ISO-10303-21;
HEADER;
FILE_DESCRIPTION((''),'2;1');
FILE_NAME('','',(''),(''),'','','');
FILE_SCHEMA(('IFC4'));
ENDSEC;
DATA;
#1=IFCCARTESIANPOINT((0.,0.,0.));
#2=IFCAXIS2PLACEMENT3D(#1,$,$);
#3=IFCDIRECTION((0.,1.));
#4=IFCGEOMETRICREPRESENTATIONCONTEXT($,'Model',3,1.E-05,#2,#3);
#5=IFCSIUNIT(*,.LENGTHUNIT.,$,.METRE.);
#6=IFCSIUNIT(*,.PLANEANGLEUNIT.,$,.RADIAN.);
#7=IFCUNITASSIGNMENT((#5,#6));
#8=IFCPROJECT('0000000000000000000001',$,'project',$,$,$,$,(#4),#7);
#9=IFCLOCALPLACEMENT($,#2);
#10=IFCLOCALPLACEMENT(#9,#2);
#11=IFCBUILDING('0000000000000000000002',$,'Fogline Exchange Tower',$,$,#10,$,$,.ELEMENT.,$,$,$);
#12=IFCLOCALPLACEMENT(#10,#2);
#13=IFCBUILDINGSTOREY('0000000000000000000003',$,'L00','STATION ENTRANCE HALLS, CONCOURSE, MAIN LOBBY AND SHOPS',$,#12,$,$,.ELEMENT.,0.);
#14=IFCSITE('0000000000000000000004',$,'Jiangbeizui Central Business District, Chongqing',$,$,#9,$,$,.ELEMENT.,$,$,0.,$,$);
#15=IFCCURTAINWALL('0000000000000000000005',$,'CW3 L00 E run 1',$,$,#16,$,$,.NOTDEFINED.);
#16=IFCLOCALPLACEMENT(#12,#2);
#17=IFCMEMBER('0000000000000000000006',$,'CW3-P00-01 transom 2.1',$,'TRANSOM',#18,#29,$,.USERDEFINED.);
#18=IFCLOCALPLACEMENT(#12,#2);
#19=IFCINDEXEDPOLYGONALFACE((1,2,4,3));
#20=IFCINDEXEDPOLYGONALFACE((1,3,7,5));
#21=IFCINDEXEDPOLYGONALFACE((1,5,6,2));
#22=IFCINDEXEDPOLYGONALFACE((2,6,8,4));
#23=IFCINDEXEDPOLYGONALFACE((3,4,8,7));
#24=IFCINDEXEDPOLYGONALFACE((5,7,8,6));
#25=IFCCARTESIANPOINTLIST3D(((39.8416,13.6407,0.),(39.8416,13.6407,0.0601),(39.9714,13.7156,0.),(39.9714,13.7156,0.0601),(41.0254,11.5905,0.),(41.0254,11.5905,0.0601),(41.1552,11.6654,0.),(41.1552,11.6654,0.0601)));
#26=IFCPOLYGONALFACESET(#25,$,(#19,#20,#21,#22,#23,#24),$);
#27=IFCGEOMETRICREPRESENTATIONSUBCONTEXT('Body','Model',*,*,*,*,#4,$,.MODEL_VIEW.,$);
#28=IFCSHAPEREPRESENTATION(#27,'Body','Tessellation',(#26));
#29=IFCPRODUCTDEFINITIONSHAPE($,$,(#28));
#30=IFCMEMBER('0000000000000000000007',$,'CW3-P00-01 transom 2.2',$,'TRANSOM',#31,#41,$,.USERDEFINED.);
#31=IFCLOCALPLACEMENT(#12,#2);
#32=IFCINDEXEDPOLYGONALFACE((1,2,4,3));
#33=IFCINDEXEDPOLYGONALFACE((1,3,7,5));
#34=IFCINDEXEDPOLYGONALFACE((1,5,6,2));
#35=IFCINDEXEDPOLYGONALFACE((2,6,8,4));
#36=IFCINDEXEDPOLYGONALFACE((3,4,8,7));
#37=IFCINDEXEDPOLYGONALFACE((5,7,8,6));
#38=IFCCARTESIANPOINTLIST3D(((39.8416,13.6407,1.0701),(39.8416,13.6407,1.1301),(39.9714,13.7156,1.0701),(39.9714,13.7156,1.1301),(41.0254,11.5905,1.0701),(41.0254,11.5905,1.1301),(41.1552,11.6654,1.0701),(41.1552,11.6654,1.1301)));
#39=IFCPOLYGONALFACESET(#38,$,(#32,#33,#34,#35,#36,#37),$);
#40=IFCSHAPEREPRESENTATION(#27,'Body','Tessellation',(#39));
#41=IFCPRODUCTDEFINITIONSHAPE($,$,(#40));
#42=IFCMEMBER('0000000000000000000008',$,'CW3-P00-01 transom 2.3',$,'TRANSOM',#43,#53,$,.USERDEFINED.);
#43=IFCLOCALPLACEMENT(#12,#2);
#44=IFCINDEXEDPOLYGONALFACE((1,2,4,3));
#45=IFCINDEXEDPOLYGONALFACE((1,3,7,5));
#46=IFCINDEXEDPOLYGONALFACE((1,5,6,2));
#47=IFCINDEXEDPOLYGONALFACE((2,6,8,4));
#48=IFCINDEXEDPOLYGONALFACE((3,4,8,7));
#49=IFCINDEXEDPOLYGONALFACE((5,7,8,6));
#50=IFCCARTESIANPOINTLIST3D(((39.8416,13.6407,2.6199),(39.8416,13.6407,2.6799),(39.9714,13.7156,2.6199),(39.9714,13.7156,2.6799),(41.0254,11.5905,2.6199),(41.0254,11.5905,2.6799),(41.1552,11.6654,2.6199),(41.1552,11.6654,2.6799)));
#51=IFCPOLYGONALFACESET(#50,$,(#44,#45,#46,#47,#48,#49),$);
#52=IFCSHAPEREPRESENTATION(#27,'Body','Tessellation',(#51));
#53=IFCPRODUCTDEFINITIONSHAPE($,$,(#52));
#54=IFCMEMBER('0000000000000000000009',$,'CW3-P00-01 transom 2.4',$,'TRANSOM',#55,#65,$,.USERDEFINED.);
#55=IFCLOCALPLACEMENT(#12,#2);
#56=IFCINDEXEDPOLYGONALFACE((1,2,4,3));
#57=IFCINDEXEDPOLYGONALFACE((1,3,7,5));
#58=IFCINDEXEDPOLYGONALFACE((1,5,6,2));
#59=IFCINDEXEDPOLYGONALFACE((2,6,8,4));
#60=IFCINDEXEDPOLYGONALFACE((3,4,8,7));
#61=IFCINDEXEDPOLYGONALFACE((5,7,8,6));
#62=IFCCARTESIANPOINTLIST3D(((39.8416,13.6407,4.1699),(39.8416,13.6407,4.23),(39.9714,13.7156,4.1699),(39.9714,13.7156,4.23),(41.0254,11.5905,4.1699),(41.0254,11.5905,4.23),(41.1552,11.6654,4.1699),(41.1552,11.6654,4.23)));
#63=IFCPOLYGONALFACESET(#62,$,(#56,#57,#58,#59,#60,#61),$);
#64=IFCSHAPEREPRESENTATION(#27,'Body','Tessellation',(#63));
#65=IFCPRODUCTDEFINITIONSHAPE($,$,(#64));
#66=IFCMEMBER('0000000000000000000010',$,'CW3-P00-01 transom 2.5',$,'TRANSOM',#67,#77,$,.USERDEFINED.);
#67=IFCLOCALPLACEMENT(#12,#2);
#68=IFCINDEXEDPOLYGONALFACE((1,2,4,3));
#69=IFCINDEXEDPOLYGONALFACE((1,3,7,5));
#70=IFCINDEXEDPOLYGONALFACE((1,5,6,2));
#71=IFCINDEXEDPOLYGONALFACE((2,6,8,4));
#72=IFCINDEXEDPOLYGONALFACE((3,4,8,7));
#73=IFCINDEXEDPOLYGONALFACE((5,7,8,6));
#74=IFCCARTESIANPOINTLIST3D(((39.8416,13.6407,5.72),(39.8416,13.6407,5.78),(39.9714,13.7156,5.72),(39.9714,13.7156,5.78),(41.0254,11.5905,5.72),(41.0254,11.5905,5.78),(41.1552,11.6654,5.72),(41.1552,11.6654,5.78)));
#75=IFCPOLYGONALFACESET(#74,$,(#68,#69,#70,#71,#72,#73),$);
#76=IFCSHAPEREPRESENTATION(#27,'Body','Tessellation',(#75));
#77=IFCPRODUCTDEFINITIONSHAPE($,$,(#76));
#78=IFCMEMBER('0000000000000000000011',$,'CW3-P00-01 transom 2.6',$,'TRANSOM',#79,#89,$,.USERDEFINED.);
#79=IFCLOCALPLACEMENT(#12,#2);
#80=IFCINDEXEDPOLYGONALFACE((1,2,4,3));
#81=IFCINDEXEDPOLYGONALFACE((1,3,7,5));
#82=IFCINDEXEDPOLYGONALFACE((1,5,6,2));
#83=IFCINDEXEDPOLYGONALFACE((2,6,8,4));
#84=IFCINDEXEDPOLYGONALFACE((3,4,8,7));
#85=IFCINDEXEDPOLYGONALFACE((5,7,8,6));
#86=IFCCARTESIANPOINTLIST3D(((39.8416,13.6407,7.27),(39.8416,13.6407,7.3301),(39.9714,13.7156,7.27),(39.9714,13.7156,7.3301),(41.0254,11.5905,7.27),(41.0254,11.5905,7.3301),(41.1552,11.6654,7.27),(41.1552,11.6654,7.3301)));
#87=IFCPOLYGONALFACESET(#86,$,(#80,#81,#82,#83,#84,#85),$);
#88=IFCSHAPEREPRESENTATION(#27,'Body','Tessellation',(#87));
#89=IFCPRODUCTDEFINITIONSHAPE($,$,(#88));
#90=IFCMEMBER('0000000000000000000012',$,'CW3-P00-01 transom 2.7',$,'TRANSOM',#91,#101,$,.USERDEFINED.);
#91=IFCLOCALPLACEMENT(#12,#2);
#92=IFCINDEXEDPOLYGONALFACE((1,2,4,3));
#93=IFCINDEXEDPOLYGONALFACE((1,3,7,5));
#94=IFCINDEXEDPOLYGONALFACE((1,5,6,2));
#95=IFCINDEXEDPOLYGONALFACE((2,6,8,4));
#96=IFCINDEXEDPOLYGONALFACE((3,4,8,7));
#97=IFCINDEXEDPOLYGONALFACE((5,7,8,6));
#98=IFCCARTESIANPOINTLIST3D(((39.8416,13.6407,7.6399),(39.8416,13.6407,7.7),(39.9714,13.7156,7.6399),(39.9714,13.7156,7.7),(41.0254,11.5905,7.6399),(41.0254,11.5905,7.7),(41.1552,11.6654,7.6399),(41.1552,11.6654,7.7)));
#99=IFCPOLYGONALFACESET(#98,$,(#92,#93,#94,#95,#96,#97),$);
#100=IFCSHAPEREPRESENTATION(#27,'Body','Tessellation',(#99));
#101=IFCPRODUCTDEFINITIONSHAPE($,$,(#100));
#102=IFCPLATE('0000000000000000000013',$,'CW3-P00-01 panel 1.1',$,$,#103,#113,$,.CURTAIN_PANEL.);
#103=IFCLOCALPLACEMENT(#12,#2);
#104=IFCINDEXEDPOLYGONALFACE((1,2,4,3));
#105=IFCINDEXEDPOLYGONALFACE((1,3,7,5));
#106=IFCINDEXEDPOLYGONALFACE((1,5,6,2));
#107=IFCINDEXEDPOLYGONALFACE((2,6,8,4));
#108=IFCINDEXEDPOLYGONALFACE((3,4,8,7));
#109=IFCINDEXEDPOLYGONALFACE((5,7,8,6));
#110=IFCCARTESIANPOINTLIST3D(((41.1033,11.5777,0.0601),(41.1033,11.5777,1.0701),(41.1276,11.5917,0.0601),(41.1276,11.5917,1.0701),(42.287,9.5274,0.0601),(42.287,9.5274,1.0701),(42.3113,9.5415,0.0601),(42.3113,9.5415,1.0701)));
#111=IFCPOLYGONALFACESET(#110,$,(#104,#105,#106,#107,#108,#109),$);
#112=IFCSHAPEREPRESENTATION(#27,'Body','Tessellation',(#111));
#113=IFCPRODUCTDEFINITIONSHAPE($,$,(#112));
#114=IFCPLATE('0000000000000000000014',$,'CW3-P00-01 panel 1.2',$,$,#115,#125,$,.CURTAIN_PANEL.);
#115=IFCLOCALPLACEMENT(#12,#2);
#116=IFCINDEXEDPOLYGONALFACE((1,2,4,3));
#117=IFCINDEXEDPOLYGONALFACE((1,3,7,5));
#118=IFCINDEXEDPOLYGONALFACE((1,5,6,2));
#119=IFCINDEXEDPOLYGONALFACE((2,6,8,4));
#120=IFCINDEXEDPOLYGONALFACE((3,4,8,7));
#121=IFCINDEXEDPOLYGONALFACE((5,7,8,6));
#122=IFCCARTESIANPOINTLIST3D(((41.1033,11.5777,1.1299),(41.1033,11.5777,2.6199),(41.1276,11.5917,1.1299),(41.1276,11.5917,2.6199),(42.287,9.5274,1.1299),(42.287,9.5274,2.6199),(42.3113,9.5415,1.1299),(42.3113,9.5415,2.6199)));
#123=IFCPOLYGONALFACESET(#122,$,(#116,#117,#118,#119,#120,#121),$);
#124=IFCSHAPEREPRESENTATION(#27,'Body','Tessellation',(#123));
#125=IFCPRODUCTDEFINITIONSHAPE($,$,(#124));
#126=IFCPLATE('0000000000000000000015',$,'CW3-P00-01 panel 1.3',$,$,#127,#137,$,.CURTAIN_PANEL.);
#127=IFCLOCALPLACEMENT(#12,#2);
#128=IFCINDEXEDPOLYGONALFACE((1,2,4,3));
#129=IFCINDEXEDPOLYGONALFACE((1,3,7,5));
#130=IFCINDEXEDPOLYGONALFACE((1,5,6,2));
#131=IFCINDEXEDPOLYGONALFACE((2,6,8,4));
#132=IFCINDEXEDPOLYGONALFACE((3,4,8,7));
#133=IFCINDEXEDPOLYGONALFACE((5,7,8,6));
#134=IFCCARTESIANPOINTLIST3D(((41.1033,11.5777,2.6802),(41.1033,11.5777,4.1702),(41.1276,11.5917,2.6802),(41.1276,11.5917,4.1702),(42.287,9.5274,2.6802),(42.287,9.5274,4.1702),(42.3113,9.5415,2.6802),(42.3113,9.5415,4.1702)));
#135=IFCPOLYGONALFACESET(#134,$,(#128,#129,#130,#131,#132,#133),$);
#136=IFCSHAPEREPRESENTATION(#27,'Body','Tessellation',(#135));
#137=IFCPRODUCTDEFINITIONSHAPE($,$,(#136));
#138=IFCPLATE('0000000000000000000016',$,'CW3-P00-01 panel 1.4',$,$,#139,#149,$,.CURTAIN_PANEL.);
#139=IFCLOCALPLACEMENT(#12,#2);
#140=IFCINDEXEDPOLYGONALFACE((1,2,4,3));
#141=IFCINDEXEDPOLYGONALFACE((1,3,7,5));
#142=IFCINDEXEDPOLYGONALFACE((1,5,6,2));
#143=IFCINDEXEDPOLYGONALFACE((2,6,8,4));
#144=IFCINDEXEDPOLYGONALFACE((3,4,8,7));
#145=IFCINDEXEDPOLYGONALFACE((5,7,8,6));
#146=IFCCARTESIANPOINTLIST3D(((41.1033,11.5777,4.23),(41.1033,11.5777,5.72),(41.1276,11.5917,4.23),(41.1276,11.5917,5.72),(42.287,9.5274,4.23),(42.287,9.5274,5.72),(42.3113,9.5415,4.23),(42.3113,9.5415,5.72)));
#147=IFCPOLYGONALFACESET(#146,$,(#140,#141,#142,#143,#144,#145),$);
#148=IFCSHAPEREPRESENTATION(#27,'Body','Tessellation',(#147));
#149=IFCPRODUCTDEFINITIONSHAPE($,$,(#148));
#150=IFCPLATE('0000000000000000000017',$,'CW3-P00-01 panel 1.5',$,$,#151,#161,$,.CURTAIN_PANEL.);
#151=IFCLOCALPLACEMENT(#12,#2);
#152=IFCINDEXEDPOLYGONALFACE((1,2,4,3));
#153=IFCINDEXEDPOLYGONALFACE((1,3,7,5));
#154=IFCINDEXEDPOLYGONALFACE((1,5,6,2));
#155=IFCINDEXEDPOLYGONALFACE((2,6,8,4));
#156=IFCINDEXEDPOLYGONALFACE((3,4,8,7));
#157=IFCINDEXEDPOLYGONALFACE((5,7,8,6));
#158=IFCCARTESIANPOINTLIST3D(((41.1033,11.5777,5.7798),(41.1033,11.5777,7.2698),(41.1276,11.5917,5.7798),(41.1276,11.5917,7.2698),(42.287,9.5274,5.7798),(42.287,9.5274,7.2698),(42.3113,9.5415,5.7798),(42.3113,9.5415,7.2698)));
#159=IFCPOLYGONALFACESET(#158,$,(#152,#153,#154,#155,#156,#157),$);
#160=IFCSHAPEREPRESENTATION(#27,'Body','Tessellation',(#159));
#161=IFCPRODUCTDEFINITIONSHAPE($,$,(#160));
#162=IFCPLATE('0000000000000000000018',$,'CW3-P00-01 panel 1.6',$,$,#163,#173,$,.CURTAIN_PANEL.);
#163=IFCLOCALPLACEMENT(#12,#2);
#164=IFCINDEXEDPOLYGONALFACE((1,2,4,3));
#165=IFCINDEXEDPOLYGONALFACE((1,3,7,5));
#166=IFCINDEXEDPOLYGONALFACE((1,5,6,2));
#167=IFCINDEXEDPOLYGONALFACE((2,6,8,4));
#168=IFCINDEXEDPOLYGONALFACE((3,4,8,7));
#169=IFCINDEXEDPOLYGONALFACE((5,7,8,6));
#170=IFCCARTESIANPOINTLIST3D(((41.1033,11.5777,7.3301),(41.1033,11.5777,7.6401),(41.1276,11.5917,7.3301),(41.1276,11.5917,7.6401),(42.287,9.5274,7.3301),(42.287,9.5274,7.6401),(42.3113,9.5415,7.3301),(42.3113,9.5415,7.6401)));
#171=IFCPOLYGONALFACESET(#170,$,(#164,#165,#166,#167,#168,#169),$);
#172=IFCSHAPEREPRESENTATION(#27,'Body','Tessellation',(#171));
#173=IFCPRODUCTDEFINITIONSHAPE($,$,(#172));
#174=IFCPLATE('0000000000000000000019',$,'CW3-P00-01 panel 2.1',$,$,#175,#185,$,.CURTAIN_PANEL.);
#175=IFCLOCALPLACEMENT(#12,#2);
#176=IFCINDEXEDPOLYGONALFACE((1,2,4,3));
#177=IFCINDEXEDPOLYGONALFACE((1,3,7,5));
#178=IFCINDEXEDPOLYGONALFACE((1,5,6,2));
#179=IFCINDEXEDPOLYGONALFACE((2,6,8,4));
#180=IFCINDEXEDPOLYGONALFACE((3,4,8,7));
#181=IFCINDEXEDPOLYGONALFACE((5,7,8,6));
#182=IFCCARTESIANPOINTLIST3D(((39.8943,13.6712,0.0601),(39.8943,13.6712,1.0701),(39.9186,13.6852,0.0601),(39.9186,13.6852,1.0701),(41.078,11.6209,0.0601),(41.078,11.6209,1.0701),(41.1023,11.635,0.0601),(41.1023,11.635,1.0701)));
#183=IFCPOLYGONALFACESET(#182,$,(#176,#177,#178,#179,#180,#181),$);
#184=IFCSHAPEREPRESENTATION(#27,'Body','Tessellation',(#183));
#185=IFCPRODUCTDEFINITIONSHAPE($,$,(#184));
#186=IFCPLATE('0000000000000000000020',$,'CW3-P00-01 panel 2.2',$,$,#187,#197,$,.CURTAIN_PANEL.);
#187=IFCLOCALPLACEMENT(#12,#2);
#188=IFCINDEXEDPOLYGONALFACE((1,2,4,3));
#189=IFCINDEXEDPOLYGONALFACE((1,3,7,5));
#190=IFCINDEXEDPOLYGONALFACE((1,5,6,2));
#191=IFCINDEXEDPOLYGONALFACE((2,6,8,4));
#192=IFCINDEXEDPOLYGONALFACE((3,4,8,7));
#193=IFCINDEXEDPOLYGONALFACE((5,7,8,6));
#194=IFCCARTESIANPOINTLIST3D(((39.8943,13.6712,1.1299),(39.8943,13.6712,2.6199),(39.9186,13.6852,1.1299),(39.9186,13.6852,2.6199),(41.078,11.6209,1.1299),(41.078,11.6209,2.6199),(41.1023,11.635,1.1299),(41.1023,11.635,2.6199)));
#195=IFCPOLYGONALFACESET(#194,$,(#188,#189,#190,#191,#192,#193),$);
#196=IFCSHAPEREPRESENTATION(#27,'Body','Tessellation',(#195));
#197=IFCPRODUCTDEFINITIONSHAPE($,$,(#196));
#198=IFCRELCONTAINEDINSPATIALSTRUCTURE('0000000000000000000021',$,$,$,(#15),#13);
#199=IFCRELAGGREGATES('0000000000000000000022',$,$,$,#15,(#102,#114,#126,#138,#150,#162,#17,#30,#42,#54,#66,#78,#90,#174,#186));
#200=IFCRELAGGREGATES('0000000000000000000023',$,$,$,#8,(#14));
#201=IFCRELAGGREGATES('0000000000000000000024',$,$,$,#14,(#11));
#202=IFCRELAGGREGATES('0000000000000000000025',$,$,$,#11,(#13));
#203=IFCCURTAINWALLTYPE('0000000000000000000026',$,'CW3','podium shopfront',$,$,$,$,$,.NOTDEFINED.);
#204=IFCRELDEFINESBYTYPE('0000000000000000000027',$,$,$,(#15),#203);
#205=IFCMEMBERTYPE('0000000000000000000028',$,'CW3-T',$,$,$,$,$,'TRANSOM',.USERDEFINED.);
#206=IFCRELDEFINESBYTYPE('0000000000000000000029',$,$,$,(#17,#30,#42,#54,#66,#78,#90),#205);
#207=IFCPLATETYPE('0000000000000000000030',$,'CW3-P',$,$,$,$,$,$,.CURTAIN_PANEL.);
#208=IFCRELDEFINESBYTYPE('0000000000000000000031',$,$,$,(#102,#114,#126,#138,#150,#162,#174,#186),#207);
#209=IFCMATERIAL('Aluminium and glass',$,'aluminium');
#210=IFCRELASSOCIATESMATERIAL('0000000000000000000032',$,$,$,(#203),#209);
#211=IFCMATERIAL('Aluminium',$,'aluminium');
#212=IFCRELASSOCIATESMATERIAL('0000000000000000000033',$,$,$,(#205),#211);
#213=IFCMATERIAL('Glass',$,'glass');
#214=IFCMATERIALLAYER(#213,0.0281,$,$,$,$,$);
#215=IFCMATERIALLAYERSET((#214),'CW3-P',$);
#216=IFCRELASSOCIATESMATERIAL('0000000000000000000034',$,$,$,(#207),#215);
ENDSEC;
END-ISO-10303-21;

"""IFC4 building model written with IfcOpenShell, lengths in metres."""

from ifc_helpers import new_model, si_unit, direction, frame, origin, origin_2d, place, context, subcontext, project, spatial, rectangle, extrude, material, layer, layer_set, material_profile, profile_set, type_object, element, aggregate, save


model = new_model("IFC4")

# Units and contexts
model_context = context("Model", 3, precision=1e-05, world=origin(), true_north=direction((0.0, 1.0)))
body_context = subcontext(model_context, "Body", "Model", "MODEL_VIEW")
ifc_project = project(units=[si_unit("LENGTHUNIT", "METRE"), si_unit("PLANEANGLEUNIT", "RADIAN")], contexts=[model_context])

# Site, building, storey
site_placement = place(None, origin())
site = spatial("IfcSite", under=ifc_project, at=site_placement, Name="Jiangbeizui Central Business District, Chongqing", CompositionType="ELEMENT", RefElevation=0.0)
building_placement = place(site_placement, origin())
building = spatial("IfcBuilding", under=site, at=building_placement, Name="Fogline Exchange Tower", CompositionType="ELEMENT")
storey_placement = place(building_placement, origin())
storey = spatial("IfcBuildingStorey", under=building, at=storey_placement, Name="L00", Description="STATION ENTRANCE HALLS, CONCOURSE, MAIN LOBBY AND SHOPS", CompositionType="ELEMENT", Elevation=0.0)

# Curtain wall, members, plates
ifc_material_1 = material(Name="Aluminium and glass", Category="aluminium")
curtain_wall_type = type_object("IfcCurtainWallType", Name="CW3", Description="podium shopfront", PredefinedType="NOTDEFINED", material=ifc_material_1)
curtain_wall_placement = place(storey_placement, origin())
curtain_wall = element("IfcCurtainWall", 1, at=curtain_wall_placement, inside=storey, type_object=curtain_wall_type, Name="CW3 L00 E run 1", PredefinedType="NOTDEFINED")
ifc_material_2 = material(Name="Aluminium", Category="aluminium")
ifc_material_profile_1 = material_profile(ifc_material_2, rectangle(XDim=0.1499, YDim=0.0601, at=origin_2d()), Name="Transom 60x150")
ifc_profile_set_1 = profile_set([ifc_material_profile_1], Name="Aluminium")
member_type_1 = type_object("IfcMemberType", Name="CW3-T", ElementType="TRANSOM", PredefinedType="USERDEFINED", material=ifc_profile_set_1)
member_1_placement = place(storey_placement, frame((41.0903, 11.6279, 0.03), z_axis=(-0.500032, 0.866007, 0.0), x_axis=(-0.866007, -0.500032, 0.0)))
member_1 = element("IfcMember", 2, at=member_1_placement, type_object=member_type_1, Name="CW3-P00-01 transom 2.1", ObjectType="TRANSOM", PredefinedType="USERDEFINED", context=body_context, shape_type="SweptSolid", body=[
    extrude(rectangle(XDim=0.1499, YDim=0.0601, at=origin_2d()), origin(), (0.0, 0.0, 1.0), 2.3674),
])
member_2_placement = place(storey_placement, frame((41.0903, 11.6279, 1.1001), z_axis=(-0.500032, 0.866007, 0.0), x_axis=(-0.866007, -0.500032, 0.0)))
member_2 = element("IfcMember", 3, at=member_2_placement, type_object=member_type_1, Name="CW3-P00-01 transom 2.2", ObjectType="TRANSOM", PredefinedType="USERDEFINED", context=body_context, shape_type="SweptSolid", body=[
    extrude(rectangle(XDim=0.1499, YDim=0.0601, at=origin_2d()), origin(), (0.0, 0.0, 1.0), 2.3674),
])
member_3_placement = place(storey_placement, frame((41.0903, 11.6279, 2.6499), z_axis=(-0.500032, 0.866007, 0.0), x_axis=(-0.866007, -0.500032, 0.0)))
member_3 = element("IfcMember", 4, at=member_3_placement, type_object=member_type_1, Name="CW3-P00-01 transom 2.3", ObjectType="TRANSOM", PredefinedType="USERDEFINED", context=body_context, shape_type="SweptSolid", body=[
    extrude(rectangle(XDim=0.1499, YDim=0.0601, at=origin_2d()), origin(), (0.0, 0.0, 1.0), 2.3674),
])
member_4_placement = place(storey_placement, frame((41.0903, 11.6279, 4.2), z_axis=(-0.500032, 0.866007, 0.0), x_axis=(-0.866007, -0.500032, 0.0)))
member_4 = element("IfcMember", 5, at=member_4_placement, type_object=member_type_1, Name="CW3-P00-01 transom 2.4", ObjectType="TRANSOM", PredefinedType="USERDEFINED", context=body_context, shape_type="SweptSolid", body=[
    extrude(rectangle(XDim=0.1499, YDim=0.0601, at=origin_2d()), origin(), (0.0, 0.0, 1.0), 2.3674),
])
member_5_placement = place(storey_placement, frame((41.0903, 11.6279, 5.75), z_axis=(-0.500032, 0.866007, 0.0), x_axis=(-0.866007, -0.500032, 0.0)))
member_5 = element("IfcMember", 6, at=member_5_placement, type_object=member_type_1, Name="CW3-P00-01 transom 2.5", ObjectType="TRANSOM", PredefinedType="USERDEFINED", context=body_context, shape_type="SweptSolid", body=[
    extrude(rectangle(XDim=0.1499, YDim=0.0601, at=origin_2d()), origin(), (0.0, 0.0, 1.0), 2.3674),
])
member_6_placement = place(storey_placement, frame((41.0903, 11.6279, 7.3), z_axis=(-0.500032, 0.866007, 0.0), x_axis=(-0.866007, -0.500032, 0.0)))
member_6 = element("IfcMember", 7, at=member_6_placement, type_object=member_type_1, Name="CW3-P00-01 transom 2.6", ObjectType="TRANSOM", PredefinedType="USERDEFINED", context=body_context, shape_type="SweptSolid", body=[
    extrude(rectangle(XDim=0.1499, YDim=0.0601, at=origin_2d()), origin(), (0.0, 0.0, 1.0), 2.3674),
])
member_7_placement = place(storey_placement, frame((41.0903, 11.6279, 7.6699), z_axis=(-0.500032, 0.866007, 0.0), x_axis=(-0.866007, -0.500032, 0.0)))
member_7 = element("IfcMember", 8, at=member_7_placement, type_object=member_type_1, Name="CW3-P00-01 transom 2.7", ObjectType="TRANSOM", PredefinedType="USERDEFINED", context=body_context, shape_type="SweptSolid", body=[
    extrude(rectangle(XDim=0.1499, YDim=0.0601, at=origin_2d()), origin(), (0.0, 0.0, 1.0), 2.3674),
])
ifc_material_3 = material(Name="Glass", Category="glass")
ifc_layer_1 = layer(ifc_material_3, 0.0281)
ifc_layer_set_1 = layer_set([ifc_layer_1], Name="CW3-P")
plate_type = type_object("IfcPlateType", Name="CW3-P", PredefinedType="CURTAIN_PANEL", material=ifc_layer_set_1)
plate_1_placement = place(storey_placement, frame((41.7073, 10.5596, 0.0601), z_axis=(0.0, 0.0, 1.0), x_axis=(-0.5, 0.866025, 0.0)))
plate_1 = element("IfcPlate", 9, at=plate_1_placement, type_object=plate_type, Name="CW3-P00-01 panel 1.1", PredefinedType="CURTAIN_PANEL", context=body_context, shape_type="SweptSolid", body=[
    extrude(rectangle(XDim=2.3674, YDim=0.0281, at=origin_2d()), origin(), (0.0, 0.0, 1.0), 1.01),
])
plate_2_placement = place(storey_placement, frame((41.7073, 10.5596, 1.1299), z_axis=(0.0, 0.0, 1.0), x_axis=(-0.5, 0.866025, 0.0)))
plate_2 = element("IfcPlate", 10, at=plate_2_placement, type_object=plate_type, Name="CW3-P00-01 panel 1.2", PredefinedType="CURTAIN_PANEL", context=body_context, shape_type="SweptSolid", body=[
    extrude(rectangle(XDim=2.3674, YDim=0.0281, at=origin_2d()), origin(), (0.0, 0.0, 1.0), 1.49),
])
plate_3_placement = place(storey_placement, frame((41.7073, 10.5596, 2.6802), z_axis=(0.0, 0.0, 1.0), x_axis=(-0.5, 0.866025, 0.0)))
plate_3 = element("IfcPlate", 11, at=plate_3_placement, type_object=plate_type, Name="CW3-P00-01 panel 1.3", PredefinedType="CURTAIN_PANEL", context=body_context, shape_type="SweptSolid", body=[
    extrude(rectangle(XDim=2.3674, YDim=0.0281, at=origin_2d()), origin(), (0.0, 0.0, 1.0), 1.49),
])
plate_4_placement = place(storey_placement, frame((41.7073, 10.5596, 4.23), z_axis=(0.0, 0.0, 1.0), x_axis=(-0.5, 0.866025, 0.0)))
plate_4 = element("IfcPlate", 12, at=plate_4_placement, type_object=plate_type, Name="CW3-P00-01 panel 1.4", PredefinedType="CURTAIN_PANEL", context=body_context, shape_type="SweptSolid", body=[
    extrude(rectangle(XDim=2.3674, YDim=0.0281, at=origin_2d()), origin(), (0.0, 0.0, 1.0), 1.49),
])
plate_5_placement = place(storey_placement, frame((41.7073, 10.5596, 5.7798), z_axis=(0.0, 0.0, 1.0), x_axis=(-0.5, 0.866025, 0.0)))
plate_5 = element("IfcPlate", 13, at=plate_5_placement, type_object=plate_type, Name="CW3-P00-01 panel 1.5", PredefinedType="CURTAIN_PANEL", context=body_context, shape_type="SweptSolid", body=[
    extrude(rectangle(XDim=2.3674, YDim=0.0281, at=origin_2d()), origin(), (0.0, 0.0, 1.0), 1.49),
])
plate_6_placement = place(storey_placement, frame((41.7073, 10.5596, 7.3301), z_axis=(0.0, 0.0, 1.0), x_axis=(-0.5, 0.866025, 0.0)))
plate_6 = element("IfcPlate", 14, at=plate_6_placement, type_object=plate_type, Name="CW3-P00-01 panel 1.6", PredefinedType="CURTAIN_PANEL", context=body_context, shape_type="SweptSolid", body=[
    extrude(rectangle(XDim=2.3674, YDim=0.0281, at=origin_2d()), origin(), (0.0, 0.0, 1.0), 0.3101),
])
plate_7_placement = place(storey_placement, frame((40.4983, 12.6531, 0.0601), z_axis=(0.0, 0.0, 1.0), x_axis=(-0.5, 0.866025, 0.0)))
plate_7 = element("IfcPlate", 15, at=plate_7_placement, type_object=plate_type, Name="CW3-P00-01 panel 2.1", PredefinedType="CURTAIN_PANEL", context=body_context, shape_type="SweptSolid", body=[
    extrude(rectangle(XDim=2.3674, YDim=0.0281, at=origin_2d()), origin(), (0.0, 0.0, 1.0), 1.01),
])
plate_8_placement = place(storey_placement, frame((40.4983, 12.6531, 1.1299), z_axis=(0.0, 0.0, 1.0), x_axis=(-0.5, 0.866025, 0.0)))
plate_8 = element("IfcPlate", 16, at=plate_8_placement, type_object=plate_type, Name="CW3-P00-01 panel 2.2", PredefinedType="CURTAIN_PANEL", context=body_context, shape_type="SweptSolid", body=[
    extrude(rectangle(XDim=2.3674, YDim=0.0281, at=origin_2d()), origin(), (0.0, 0.0, 1.0), 1.49),
])
aggregate(curtain_wall, [plate_1, plate_2, plate_3, plate_4, plate_5, plate_6, member_1, member_2, member_3, member_4, member_5, member_6, member_7, plate_7, plate_8])

save(model, "model.ifc")
